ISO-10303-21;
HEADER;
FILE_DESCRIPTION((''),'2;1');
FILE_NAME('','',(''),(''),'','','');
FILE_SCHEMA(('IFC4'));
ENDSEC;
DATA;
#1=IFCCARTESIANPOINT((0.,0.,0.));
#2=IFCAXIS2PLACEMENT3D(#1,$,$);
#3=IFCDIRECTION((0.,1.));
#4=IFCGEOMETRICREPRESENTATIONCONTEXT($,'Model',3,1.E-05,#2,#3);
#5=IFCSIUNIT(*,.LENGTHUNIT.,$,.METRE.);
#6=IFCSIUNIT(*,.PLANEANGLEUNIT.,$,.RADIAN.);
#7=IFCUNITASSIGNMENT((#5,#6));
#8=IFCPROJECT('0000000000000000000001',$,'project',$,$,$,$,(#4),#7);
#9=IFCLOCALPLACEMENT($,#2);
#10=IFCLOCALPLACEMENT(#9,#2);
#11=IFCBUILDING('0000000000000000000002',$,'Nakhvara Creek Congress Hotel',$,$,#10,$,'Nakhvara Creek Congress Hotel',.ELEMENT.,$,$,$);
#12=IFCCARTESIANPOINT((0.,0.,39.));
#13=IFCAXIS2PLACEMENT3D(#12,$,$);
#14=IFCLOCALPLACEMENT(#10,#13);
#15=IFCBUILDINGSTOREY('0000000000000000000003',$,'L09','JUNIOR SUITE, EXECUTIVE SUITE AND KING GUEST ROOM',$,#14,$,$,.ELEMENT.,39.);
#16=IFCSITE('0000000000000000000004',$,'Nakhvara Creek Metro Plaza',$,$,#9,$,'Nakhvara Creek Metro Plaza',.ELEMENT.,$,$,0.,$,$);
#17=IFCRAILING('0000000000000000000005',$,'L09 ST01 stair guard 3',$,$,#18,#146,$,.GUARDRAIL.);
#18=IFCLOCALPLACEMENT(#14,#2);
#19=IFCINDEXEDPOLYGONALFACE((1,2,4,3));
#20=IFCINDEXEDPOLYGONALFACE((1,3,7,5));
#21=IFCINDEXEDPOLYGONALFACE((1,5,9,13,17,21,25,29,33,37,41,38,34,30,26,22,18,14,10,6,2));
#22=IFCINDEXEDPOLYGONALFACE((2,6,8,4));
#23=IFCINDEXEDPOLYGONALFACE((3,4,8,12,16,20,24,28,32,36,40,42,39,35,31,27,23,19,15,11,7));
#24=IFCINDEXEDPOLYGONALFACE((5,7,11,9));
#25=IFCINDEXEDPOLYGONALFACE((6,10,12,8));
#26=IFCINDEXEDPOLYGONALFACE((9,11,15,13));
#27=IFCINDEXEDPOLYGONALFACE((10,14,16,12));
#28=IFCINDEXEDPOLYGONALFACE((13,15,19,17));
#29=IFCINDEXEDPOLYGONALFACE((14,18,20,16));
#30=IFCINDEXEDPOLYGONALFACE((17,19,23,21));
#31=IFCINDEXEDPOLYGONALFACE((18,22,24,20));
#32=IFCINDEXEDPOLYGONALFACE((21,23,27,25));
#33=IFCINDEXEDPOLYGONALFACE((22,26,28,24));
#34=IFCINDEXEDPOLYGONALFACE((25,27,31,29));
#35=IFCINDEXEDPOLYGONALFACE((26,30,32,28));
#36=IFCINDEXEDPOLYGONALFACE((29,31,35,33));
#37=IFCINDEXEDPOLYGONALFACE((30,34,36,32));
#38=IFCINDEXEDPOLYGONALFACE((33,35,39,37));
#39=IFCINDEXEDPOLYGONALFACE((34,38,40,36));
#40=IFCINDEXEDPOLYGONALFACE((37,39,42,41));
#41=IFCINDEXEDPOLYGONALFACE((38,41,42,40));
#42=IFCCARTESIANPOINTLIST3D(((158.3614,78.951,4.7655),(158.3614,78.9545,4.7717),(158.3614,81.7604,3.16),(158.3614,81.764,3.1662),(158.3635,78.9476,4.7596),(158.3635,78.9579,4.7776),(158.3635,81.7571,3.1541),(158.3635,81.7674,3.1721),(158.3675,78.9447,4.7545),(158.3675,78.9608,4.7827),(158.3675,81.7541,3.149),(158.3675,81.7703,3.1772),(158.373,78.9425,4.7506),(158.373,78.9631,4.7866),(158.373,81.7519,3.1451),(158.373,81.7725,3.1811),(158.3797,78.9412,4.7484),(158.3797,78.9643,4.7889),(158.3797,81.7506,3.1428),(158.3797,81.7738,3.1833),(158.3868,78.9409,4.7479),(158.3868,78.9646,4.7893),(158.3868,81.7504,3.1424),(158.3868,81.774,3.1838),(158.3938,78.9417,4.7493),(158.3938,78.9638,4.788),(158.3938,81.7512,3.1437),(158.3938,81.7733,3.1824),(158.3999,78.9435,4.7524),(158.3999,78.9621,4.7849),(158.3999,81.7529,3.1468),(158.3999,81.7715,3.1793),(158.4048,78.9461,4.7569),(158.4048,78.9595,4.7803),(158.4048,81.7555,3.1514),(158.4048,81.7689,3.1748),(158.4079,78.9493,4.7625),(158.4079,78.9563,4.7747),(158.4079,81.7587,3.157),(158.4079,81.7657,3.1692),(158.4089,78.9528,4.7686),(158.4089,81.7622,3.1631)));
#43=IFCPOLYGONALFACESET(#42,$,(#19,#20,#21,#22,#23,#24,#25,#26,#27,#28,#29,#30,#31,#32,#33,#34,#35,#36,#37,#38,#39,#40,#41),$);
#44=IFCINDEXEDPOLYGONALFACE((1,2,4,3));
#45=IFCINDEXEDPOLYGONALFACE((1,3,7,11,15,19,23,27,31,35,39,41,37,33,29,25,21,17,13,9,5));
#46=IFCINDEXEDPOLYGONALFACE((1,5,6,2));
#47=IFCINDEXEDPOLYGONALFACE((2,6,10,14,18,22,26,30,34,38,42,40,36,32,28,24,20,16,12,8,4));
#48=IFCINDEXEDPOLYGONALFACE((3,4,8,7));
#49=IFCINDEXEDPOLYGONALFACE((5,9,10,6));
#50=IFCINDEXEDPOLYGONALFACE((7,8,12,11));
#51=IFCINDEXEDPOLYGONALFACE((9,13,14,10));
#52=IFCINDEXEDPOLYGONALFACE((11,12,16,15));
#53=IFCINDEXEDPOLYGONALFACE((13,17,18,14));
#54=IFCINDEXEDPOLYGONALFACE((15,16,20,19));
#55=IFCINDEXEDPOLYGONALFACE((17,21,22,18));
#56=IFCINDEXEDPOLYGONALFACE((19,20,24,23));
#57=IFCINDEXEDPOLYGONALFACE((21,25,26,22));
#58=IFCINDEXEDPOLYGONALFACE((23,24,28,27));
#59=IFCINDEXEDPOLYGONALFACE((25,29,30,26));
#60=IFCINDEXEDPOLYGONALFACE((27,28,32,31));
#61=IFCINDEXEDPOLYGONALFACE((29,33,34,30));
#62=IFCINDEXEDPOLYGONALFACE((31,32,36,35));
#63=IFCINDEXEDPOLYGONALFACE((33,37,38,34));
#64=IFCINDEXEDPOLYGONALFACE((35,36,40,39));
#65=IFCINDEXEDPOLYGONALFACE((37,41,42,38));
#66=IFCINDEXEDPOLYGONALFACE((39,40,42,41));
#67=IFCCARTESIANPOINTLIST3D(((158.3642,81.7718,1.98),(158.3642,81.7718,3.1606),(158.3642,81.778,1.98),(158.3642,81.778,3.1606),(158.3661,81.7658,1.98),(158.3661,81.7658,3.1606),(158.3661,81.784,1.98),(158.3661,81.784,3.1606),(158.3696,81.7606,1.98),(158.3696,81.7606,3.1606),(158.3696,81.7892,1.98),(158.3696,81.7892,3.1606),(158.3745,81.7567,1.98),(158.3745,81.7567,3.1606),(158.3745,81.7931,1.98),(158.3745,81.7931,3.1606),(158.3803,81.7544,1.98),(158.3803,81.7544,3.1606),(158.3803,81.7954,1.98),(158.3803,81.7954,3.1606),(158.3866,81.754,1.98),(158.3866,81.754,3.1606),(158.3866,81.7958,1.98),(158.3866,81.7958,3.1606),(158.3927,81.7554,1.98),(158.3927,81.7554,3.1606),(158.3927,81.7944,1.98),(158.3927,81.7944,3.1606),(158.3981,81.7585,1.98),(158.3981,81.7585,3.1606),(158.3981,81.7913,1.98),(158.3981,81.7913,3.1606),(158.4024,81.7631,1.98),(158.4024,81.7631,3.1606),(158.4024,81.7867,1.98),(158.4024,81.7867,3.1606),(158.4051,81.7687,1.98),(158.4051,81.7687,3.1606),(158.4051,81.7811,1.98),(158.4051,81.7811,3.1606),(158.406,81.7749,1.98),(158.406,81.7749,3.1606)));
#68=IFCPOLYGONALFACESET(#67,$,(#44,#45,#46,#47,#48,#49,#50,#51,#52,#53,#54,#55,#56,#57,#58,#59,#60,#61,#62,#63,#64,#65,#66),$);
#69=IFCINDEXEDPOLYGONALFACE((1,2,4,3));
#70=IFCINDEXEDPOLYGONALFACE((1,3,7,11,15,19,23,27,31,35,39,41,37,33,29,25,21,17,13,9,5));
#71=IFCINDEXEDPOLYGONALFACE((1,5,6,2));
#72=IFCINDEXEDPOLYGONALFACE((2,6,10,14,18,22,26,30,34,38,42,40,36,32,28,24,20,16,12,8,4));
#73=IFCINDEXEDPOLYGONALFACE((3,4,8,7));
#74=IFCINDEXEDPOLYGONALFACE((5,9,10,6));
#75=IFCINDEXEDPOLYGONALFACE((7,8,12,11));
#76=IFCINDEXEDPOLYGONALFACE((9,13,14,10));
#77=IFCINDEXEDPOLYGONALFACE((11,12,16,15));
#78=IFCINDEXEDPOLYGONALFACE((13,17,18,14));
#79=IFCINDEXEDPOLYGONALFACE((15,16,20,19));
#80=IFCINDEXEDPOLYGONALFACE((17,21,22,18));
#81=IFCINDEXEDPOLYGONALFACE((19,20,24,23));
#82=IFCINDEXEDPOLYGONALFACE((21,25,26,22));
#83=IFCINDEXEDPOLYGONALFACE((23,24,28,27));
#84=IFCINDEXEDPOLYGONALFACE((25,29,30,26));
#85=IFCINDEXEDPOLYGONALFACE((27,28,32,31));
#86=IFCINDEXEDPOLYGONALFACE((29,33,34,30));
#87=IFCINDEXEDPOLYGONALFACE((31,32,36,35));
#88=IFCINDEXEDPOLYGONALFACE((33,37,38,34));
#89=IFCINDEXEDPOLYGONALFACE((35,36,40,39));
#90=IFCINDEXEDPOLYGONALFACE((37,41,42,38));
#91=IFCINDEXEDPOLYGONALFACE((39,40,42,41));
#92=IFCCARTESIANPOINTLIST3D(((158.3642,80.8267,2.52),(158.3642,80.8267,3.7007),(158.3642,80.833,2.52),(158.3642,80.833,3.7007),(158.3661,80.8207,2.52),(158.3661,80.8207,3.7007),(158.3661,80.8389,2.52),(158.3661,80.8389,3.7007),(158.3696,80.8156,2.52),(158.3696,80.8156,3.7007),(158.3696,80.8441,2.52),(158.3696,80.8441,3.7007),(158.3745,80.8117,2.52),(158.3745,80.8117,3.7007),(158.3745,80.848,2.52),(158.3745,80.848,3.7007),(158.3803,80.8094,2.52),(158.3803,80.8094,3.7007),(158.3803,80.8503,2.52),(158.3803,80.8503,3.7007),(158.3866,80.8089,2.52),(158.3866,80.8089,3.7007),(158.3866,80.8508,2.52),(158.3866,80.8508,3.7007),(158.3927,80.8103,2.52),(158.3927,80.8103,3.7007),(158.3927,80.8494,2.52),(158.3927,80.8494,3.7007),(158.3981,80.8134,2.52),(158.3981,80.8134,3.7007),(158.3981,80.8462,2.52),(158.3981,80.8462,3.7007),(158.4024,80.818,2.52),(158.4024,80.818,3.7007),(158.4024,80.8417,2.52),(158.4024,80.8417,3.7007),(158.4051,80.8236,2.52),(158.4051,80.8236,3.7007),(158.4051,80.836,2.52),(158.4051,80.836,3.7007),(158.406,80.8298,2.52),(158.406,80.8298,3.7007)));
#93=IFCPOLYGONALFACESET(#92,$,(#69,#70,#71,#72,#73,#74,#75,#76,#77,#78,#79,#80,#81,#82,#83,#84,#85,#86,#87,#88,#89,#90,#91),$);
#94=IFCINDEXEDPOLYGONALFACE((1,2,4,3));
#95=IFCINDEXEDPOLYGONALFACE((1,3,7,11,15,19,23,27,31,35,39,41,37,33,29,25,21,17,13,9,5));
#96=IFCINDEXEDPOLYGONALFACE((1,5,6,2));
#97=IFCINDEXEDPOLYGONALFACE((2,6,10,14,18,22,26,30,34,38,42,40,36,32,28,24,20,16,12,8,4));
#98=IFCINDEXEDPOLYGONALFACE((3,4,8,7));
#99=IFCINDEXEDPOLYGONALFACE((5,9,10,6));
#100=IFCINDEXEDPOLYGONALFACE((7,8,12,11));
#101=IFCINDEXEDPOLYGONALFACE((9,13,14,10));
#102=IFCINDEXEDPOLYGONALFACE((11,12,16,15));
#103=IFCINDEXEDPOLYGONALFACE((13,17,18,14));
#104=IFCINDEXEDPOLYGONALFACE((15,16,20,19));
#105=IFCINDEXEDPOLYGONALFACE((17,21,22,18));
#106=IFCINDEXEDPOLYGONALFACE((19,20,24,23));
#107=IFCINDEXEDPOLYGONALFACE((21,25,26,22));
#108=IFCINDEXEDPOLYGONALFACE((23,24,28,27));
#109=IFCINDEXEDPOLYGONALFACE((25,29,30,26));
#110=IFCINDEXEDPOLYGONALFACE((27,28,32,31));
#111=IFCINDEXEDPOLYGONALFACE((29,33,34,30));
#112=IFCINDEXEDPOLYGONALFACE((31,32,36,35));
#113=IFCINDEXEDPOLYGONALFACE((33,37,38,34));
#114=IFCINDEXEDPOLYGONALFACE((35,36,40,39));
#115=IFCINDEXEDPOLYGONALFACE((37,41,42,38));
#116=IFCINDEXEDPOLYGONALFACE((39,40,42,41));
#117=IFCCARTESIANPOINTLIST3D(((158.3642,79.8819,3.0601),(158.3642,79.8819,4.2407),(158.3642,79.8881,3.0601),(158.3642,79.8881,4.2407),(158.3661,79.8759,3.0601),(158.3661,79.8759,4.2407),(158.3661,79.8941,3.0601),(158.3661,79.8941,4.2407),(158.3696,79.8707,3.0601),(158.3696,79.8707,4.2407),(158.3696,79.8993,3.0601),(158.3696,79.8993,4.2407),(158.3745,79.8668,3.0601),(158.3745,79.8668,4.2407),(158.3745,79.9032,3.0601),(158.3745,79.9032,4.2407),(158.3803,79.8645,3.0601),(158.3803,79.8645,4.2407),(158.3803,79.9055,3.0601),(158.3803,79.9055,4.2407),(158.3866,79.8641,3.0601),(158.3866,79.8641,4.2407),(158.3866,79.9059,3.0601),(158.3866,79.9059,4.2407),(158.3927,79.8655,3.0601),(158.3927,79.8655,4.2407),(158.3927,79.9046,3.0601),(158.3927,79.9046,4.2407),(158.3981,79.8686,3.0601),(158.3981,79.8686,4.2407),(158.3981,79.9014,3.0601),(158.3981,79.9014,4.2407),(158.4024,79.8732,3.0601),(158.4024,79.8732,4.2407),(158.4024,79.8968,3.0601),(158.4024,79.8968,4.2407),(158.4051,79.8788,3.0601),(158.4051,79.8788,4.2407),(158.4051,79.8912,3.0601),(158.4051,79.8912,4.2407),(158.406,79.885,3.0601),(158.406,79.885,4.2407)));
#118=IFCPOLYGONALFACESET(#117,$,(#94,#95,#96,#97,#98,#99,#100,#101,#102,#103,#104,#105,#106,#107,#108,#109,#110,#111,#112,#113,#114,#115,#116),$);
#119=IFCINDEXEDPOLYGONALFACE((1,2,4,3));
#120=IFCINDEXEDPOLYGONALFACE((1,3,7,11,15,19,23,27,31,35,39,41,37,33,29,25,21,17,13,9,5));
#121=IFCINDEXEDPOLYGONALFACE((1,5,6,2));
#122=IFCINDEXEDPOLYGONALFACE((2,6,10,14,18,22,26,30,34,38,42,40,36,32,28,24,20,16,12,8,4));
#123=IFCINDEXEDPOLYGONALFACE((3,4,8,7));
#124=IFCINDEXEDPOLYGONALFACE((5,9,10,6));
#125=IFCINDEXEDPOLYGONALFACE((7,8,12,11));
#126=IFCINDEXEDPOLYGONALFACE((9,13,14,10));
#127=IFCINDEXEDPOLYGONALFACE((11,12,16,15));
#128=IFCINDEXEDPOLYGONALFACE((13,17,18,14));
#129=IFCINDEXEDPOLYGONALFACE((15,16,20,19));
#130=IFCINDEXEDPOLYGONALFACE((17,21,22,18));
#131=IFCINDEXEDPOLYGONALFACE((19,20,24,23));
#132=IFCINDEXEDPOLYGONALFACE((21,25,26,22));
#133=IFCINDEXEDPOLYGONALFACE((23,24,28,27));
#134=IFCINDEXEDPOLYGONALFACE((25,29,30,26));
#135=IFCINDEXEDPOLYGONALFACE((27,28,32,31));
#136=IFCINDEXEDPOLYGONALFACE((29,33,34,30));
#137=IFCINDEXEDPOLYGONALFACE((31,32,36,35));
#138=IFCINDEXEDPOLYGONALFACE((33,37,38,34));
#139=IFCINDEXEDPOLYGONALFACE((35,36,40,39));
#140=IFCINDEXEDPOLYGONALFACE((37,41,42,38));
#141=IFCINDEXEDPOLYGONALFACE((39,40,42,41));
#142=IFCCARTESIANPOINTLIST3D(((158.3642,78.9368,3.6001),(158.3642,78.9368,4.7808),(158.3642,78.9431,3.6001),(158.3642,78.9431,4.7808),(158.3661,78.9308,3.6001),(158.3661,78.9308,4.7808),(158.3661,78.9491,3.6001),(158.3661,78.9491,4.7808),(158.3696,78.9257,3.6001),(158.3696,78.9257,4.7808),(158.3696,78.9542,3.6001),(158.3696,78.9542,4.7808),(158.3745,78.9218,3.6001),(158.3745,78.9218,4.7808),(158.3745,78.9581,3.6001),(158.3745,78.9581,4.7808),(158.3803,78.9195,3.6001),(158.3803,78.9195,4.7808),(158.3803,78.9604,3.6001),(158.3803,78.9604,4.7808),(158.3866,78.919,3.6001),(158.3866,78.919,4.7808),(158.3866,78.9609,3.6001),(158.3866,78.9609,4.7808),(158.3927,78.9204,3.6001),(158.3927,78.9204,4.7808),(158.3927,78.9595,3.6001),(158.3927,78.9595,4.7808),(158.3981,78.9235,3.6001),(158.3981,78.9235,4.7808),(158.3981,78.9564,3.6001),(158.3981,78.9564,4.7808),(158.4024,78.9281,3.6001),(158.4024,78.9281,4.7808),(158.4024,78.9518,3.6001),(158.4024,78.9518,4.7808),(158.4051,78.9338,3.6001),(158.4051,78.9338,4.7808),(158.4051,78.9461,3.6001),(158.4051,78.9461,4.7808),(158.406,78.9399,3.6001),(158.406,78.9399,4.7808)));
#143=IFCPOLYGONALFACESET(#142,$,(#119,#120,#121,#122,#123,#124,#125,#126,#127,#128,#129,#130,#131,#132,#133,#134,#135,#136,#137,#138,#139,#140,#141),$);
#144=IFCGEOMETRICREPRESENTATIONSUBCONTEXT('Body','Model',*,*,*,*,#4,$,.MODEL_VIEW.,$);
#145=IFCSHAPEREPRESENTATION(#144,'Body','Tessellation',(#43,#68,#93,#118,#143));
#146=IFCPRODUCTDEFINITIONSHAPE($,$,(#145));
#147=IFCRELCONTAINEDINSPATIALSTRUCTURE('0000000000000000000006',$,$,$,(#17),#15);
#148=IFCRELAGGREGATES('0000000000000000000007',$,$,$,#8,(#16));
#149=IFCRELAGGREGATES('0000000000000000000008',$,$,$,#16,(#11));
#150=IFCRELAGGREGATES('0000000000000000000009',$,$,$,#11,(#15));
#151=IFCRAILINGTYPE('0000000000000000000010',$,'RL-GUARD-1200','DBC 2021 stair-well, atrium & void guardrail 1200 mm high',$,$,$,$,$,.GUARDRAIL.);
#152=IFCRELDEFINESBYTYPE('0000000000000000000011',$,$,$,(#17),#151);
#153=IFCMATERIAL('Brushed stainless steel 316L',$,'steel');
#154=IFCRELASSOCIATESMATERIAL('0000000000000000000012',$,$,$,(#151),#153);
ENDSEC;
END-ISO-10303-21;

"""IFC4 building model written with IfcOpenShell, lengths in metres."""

from ifc_helpers import new_model, si_unit, direction, frame, origin, origin_2d, place, context, subcontext, project, spatial, circle, extrude, material, type_object, element, save


model = new_model("IFC4")

# Units and contexts
model_context = context("Model", 3, precision=1e-05, world=origin(), true_north=direction((0.0, 1.0)))
body_context = subcontext(model_context, "Body", "Model", "MODEL_VIEW")
ifc_project = project(units=[si_unit("LENGTHUNIT", "METRE"), si_unit("PLANEANGLEUNIT", "RADIAN")], contexts=[model_context])

# Site, building, storey
site_placement = place(None, origin())
site = spatial("IfcSite", under=ifc_project, at=site_placement, Name="Nakhvara Creek Metro Plaza", LongName="Nakhvara Creek Metro Plaza", CompositionType="ELEMENT", RefElevation=0.0)
building_placement = place(site_placement, origin())
building = spatial("IfcBuilding", under=site, at=building_placement, Name="Nakhvara Creek Congress Hotel", LongName="Nakhvara Creek Congress Hotel", CompositionType="ELEMENT")
storey_placement = place(building_placement, frame((0.0, 0.0, 39.0)))
storey = spatial("IfcBuildingStorey", under=building, at=storey_placement, Name="L09", Description="JUNIOR SUITE, EXECUTIVE SUITE AND KING GUEST ROOM", CompositionType="ELEMENT", Elevation=39.0)

# Railing
ifc_material_1 = material(Name="Brushed stainless steel 316L", Category="steel")
railing_type_1 = type_object("IfcRailingType", Name="RL-GUARD-1200", Description="DBC 2021 stair-well, atrium & void guardrail 1200 mm high", PredefinedType="GUARDRAIL", material=ifc_material_1)
railing_1_placement = place(storey_placement, frame((158.385, 81.7749, 1.98)))
element("IfcRailing", 1, at=railing_1_placement, inside=storey, type_object=railing_type_1, Name="L09 ST01 stair guard 3", PredefinedType="GUARDRAIL", context=body_context, shape_type="SweptSolid", body=[
    extrude(circle(Radius=0.0239, at=origin_2d()), frame((0.0, -0.0127, 1.1831), z_axis=(0.0, -0.868225, 0.496171), x_axis=(1.0, 0.0, 0.0)), (0.0, 0.0, 1.0), 3.2358),
    extrude(circle(Radius=0.021, at=origin_2d()), origin(), (0.0, 0.0, 1.0), 1.1807),
    extrude(circle(Radius=0.021, at=origin_2d()), frame((0.0, -0.9451, 0.54)), (0.0, 0.0, 1.0), 1.1807),
    extrude(circle(Radius=0.021, at=origin_2d()), frame((0.0, -1.8899, 1.0801)), (0.0, 0.0, 1.0), 1.1807),
    extrude(circle(Radius=0.021, at=origin_2d()), frame((0.0, -2.835, 1.6201)), (0.0, 0.0, 1.0), 1.1807),
])

save(model, "model.ifc")
